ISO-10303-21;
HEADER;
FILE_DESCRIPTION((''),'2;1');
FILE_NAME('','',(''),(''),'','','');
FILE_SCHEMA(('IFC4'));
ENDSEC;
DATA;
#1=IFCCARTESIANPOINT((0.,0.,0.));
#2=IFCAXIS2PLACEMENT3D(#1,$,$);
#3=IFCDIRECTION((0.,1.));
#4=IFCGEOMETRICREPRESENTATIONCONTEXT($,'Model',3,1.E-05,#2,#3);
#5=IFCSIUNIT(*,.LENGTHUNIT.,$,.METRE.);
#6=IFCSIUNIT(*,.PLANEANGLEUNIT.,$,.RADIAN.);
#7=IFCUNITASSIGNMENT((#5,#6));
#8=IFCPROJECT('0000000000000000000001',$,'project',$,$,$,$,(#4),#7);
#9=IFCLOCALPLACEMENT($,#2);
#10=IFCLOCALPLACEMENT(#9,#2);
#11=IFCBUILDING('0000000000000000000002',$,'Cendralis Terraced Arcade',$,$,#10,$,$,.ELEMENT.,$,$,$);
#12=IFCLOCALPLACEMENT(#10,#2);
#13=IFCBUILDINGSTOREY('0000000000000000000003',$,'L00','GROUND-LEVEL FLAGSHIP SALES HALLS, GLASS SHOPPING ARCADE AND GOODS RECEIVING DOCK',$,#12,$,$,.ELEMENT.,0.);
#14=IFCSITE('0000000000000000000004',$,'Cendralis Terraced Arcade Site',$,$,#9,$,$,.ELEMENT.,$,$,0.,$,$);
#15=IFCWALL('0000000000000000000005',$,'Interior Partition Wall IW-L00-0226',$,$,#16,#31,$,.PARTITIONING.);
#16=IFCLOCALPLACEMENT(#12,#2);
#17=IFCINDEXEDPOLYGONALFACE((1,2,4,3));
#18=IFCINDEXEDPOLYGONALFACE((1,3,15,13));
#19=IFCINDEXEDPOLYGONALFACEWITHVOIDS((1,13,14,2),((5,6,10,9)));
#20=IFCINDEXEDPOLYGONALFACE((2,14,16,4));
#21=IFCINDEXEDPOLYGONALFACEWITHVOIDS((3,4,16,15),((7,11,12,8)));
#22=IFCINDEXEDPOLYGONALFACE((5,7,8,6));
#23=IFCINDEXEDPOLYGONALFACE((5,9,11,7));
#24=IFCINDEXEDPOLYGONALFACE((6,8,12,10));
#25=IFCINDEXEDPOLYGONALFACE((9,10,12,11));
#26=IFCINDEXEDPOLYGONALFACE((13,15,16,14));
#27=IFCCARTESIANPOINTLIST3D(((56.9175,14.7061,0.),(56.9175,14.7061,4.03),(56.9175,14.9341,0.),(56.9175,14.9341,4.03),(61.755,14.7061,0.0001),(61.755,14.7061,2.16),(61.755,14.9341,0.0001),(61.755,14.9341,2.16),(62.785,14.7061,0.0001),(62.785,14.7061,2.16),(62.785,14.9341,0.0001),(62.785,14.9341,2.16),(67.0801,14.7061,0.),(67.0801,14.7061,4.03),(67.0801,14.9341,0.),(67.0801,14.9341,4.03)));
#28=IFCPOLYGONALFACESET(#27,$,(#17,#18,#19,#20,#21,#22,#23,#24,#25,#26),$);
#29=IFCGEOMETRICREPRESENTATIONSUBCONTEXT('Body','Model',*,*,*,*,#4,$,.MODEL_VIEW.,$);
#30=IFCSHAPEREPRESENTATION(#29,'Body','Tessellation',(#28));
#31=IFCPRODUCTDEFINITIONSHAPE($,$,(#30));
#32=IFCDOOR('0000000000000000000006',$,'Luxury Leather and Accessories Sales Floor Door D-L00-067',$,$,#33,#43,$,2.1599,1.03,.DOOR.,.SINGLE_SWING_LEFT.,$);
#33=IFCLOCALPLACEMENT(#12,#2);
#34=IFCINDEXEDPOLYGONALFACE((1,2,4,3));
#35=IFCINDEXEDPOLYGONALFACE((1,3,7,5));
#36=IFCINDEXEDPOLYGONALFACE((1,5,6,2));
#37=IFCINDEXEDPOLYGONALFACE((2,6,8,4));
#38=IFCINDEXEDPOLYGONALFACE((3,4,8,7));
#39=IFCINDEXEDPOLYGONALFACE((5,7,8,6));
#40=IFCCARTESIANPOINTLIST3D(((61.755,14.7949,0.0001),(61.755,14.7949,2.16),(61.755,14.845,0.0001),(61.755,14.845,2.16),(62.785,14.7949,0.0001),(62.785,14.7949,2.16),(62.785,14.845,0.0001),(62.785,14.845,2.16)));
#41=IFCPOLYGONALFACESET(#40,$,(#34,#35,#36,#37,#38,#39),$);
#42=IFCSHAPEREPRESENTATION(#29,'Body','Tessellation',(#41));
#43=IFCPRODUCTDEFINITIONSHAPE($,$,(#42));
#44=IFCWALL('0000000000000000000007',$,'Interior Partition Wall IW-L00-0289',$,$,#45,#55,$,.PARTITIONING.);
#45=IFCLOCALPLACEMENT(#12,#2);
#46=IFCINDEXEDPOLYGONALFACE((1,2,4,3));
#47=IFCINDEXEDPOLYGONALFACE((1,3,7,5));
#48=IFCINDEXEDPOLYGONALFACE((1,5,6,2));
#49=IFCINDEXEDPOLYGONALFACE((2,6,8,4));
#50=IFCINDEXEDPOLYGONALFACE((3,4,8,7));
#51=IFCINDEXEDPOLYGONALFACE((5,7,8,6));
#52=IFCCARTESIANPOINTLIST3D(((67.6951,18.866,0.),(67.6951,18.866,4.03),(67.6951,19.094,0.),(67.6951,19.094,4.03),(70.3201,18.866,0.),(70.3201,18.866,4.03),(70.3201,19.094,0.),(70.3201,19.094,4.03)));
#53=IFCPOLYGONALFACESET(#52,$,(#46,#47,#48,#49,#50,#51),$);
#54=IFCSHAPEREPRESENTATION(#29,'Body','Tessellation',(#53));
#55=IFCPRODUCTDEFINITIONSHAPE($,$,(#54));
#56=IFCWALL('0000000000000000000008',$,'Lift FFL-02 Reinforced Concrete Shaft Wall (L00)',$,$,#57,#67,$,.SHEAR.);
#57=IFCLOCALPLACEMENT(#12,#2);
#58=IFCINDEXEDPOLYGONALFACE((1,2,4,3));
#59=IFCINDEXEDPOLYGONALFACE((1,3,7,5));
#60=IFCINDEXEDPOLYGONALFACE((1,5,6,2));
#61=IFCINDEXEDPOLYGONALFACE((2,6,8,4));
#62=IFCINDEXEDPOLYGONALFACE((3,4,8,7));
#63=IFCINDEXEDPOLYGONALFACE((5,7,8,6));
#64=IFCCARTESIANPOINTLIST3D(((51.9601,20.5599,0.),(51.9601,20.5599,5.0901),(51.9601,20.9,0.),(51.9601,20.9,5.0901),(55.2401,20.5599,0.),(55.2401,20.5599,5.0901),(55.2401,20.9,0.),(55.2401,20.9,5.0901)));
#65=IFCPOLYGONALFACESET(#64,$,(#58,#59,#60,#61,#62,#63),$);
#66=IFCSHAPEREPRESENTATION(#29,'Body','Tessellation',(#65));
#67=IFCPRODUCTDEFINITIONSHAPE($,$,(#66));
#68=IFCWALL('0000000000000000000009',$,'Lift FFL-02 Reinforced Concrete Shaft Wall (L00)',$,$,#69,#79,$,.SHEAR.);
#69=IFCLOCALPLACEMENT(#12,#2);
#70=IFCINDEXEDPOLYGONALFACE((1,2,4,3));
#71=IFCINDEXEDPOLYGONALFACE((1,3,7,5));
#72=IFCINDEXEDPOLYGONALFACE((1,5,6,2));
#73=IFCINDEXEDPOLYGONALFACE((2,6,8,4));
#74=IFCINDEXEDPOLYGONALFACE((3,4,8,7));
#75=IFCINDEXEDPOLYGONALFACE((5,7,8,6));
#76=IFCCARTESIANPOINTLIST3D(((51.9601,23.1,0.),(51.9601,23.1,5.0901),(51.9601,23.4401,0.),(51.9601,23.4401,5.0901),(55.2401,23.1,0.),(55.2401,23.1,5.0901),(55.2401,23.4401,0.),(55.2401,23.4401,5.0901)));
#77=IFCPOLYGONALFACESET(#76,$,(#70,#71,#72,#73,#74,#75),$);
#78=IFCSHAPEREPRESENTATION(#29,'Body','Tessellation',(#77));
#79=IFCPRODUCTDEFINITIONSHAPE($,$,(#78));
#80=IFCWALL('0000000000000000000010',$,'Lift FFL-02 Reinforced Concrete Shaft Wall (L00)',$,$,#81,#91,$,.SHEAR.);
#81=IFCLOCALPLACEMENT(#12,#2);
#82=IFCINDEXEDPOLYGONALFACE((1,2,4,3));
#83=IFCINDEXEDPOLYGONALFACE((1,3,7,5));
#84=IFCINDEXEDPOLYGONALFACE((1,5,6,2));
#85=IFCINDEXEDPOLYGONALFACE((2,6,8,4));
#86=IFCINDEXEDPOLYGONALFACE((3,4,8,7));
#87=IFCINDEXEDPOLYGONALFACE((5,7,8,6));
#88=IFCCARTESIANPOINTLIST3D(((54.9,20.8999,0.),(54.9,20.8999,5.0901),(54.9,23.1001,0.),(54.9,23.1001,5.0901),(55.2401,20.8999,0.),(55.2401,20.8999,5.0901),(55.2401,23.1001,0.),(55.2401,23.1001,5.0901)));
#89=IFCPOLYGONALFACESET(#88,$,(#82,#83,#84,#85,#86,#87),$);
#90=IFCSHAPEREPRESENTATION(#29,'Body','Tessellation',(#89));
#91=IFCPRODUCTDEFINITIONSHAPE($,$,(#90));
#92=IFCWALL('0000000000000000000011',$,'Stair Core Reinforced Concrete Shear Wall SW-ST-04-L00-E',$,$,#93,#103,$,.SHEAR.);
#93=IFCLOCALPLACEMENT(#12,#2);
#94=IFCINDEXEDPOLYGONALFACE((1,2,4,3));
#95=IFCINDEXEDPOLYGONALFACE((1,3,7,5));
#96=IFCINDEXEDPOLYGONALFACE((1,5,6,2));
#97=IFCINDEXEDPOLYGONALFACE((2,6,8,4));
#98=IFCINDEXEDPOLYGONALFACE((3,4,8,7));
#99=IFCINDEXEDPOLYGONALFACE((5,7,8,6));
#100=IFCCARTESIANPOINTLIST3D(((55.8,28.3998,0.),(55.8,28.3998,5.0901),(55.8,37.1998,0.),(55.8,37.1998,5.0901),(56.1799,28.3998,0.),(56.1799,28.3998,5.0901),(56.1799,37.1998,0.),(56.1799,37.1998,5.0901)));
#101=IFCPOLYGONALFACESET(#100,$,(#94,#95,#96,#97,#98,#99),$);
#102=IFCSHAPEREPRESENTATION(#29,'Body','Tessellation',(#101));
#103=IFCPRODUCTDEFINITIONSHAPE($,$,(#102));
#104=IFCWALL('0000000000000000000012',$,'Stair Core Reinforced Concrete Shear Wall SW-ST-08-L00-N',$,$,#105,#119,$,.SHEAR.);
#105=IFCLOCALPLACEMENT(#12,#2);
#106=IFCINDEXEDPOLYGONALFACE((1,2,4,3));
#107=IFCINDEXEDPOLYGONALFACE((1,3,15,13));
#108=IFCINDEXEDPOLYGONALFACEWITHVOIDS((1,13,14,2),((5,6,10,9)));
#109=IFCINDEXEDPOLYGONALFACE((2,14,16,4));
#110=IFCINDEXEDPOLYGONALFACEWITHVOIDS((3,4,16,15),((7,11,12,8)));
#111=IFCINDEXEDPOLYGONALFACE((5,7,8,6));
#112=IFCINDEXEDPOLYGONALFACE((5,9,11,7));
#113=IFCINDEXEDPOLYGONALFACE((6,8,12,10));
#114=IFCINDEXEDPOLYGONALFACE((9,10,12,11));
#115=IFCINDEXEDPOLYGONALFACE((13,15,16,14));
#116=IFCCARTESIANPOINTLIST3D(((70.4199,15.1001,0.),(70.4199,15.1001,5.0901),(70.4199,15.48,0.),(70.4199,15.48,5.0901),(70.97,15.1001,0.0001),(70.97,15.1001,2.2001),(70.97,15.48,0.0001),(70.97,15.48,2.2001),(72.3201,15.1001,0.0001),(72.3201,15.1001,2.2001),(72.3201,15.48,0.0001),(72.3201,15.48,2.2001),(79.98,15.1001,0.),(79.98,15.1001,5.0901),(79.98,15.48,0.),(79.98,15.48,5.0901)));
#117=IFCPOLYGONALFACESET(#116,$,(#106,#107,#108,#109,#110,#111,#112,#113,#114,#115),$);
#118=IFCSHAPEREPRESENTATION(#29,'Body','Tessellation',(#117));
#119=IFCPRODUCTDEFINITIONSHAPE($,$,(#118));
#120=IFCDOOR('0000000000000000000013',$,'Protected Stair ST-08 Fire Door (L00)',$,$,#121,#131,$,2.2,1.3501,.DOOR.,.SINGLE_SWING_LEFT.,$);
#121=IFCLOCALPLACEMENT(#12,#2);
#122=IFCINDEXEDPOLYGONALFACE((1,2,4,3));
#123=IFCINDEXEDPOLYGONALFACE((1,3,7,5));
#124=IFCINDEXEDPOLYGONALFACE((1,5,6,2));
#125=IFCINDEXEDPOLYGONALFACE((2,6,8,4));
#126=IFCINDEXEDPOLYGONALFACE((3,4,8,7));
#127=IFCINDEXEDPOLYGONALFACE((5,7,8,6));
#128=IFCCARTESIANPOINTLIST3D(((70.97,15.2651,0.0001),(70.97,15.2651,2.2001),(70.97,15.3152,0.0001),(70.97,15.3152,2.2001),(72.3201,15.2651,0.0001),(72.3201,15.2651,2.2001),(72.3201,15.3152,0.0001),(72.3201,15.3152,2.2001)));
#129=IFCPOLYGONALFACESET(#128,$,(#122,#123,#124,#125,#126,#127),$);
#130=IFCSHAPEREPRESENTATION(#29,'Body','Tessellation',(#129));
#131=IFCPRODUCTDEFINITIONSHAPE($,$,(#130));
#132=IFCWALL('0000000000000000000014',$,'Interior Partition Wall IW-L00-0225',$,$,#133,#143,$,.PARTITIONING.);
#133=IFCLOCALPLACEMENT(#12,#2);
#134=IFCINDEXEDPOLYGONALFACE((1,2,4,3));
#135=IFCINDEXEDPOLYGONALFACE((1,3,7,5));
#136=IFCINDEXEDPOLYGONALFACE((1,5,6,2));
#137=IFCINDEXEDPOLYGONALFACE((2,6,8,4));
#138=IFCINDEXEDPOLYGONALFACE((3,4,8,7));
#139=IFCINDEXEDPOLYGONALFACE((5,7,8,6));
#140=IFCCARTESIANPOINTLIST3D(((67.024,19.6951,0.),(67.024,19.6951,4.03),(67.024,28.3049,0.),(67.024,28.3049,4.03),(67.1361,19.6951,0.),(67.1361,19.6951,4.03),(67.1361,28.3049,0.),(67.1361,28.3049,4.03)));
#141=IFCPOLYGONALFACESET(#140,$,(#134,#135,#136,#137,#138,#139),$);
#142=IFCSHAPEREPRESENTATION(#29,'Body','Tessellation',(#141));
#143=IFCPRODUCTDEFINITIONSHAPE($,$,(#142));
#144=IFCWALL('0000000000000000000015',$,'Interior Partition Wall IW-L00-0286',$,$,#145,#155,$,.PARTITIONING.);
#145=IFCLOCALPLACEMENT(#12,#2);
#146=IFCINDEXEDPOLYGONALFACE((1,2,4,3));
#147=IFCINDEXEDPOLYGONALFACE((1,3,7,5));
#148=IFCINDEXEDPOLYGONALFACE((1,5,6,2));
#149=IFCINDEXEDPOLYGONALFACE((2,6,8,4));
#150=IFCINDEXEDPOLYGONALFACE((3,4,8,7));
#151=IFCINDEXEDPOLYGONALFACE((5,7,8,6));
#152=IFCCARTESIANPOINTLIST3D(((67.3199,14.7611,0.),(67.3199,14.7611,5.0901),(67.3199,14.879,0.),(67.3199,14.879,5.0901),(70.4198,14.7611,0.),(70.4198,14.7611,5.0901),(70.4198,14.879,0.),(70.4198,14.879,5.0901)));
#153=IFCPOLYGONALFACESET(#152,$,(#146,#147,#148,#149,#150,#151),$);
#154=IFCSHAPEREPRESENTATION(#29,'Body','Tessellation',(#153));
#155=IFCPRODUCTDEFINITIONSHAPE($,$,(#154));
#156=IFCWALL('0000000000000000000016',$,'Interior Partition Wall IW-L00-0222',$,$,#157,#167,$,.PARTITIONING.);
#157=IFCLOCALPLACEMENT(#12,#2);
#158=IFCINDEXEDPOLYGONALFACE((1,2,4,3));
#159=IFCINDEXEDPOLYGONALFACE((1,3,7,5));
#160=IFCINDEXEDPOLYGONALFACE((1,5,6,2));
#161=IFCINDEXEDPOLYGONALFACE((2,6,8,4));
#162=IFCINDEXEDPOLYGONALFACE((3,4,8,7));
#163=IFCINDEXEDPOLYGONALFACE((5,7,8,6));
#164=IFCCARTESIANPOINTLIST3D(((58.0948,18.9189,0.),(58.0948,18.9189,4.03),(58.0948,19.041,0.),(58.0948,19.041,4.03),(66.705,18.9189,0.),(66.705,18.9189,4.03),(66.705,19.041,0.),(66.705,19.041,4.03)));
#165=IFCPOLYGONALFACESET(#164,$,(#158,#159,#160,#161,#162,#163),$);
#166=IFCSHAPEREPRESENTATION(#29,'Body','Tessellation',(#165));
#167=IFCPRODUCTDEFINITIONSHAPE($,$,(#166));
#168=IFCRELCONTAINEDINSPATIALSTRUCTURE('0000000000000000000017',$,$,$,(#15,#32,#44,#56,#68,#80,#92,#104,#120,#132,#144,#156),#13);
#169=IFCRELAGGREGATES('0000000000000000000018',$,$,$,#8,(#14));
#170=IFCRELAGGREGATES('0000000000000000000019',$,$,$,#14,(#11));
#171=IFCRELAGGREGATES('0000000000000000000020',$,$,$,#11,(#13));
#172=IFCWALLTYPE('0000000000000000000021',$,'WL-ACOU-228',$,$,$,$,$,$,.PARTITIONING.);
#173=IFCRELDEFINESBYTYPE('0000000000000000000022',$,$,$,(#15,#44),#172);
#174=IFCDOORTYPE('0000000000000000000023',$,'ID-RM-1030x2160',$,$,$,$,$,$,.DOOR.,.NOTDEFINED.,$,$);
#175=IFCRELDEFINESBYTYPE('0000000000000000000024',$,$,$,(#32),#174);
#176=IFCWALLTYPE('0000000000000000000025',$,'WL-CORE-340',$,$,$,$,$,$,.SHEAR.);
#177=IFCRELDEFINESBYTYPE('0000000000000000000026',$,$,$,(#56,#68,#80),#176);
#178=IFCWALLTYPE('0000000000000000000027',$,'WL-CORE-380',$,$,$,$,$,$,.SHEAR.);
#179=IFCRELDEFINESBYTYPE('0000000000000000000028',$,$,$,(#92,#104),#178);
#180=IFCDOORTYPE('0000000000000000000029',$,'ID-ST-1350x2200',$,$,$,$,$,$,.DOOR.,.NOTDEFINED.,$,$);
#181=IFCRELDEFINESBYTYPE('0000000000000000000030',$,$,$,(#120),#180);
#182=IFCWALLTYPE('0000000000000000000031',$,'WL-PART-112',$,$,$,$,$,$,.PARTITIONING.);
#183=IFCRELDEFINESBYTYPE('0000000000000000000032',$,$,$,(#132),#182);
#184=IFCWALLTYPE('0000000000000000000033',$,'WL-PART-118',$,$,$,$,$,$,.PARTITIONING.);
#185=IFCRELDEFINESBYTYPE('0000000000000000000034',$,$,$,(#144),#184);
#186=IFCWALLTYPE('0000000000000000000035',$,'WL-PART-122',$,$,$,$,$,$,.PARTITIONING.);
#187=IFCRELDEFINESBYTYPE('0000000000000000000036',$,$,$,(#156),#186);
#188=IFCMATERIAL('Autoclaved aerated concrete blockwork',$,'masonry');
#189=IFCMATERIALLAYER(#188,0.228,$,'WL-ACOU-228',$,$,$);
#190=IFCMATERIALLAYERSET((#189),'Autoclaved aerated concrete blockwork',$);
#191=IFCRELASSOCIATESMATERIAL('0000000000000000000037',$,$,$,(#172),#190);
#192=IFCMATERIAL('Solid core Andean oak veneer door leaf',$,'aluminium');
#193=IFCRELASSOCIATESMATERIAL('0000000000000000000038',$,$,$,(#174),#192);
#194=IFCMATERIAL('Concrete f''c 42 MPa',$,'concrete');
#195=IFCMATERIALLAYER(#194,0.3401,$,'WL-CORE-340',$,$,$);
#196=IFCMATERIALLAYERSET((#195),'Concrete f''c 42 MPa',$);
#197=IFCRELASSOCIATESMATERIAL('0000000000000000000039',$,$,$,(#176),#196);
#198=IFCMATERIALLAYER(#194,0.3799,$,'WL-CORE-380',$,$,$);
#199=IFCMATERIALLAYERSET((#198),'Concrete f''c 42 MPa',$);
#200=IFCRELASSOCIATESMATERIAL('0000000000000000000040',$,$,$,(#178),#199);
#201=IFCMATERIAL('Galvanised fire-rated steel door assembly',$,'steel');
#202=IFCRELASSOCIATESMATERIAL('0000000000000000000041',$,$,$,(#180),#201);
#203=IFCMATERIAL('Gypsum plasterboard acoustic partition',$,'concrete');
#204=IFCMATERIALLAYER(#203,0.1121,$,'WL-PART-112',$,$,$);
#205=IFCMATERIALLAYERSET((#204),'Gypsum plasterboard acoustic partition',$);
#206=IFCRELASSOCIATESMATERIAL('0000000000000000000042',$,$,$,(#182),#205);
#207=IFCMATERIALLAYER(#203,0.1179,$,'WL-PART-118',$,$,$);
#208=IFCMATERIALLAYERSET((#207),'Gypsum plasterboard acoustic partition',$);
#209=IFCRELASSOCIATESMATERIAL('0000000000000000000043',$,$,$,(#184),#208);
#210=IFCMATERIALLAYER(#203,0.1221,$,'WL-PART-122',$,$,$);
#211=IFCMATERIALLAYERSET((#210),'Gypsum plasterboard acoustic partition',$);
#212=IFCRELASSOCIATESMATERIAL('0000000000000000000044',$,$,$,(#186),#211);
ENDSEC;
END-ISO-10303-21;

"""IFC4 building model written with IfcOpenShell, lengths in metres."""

from ifc_helpers import new_model, si_unit, direction, frame, frame_2d, origin, place, context, subcontext, project, spatial, rectangle, extrude, material, layer, layer_set, type_object, element, fill, save


model = new_model("IFC4")

# Units and contexts
model_context = context("Model", 3, precision=1e-05, world=origin(), true_north=direction((0.0, 1.0)))
body_context = subcontext(model_context, "Body", "Model", "MODEL_VIEW")
ifc_project = project(units=[si_unit("LENGTHUNIT", "METRE"), si_unit("PLANEANGLEUNIT", "RADIAN")], contexts=[model_context])

# Site, building, storey
site_placement = place(None, origin())
site = spatial("IfcSite", under=ifc_project, at=site_placement, Name="Cendralis Terraced Arcade Site", CompositionType="ELEMENT", RefElevation=0.0)
building_placement = place(site_placement, origin())
building = spatial("IfcBuilding", under=site, at=building_placement, Name="Cendralis Terraced Arcade", CompositionType="ELEMENT")
storey_placement = place(building_placement, origin())
storey = spatial("IfcBuildingStorey", under=building, at=storey_placement, Name="L00", Description="GROUND-LEVEL FLAGSHIP SALES HALLS, GLASS SHOPPING ARCADE AND GOODS RECEIVING DOCK", CompositionType="ELEMENT", Elevation=0.0)

# Shared definitions
ifc_material_1 = material(Name="Concrete f'c 42 MPa", Category="concrete")

# Shared definitions
ifc_material_2 = material(Name="Autoclaved aerated concrete blockwork", Category="masonry")

# Wall, opening, door
ifc_layer_1 = layer(ifc_material_2, 0.228, Name="WL-ACOU-228")
ifc_layer_set_1 = layer_set([ifc_layer_1], Name="Autoclaved aerated concrete blockwork")
wall_type_1 = type_object("IfcWallType", Name="WL-ACOU-228", PredefinedType="PARTITIONING", material=ifc_layer_set_1)
wall_1_placement = place(storey_placement, frame((56.9175, 14.8201, 0.0), z_axis=(0.0, 0.0, 1.0), x_axis=(1.0, 0.0, 0.0)))
wall_1 = element("IfcWall", 1, at=wall_1_placement, inside=storey, type_object=wall_type_1, Name="Interior Partition Wall IW-L00-0226", PredefinedType="PARTITIONING", context=body_context, shape_type="SweptSolid", body=[
    extrude(rectangle(XDim=10.1626, YDim=0.228, at=frame_2d((5.0813, 0.0))), origin(), (0.0, 0.0, 1.0), 4.03),
])
opening_1_placement = place(wall_1_placement, frame((4.8374, 0.0, 0.0)))
opening_1 = element("IfcOpeningElement", 2, at=opening_1_placement, cuts=wall_1, PredefinedType="OPENING", context=body_context, shape_type="SweptSolid", body=[
    extrude(rectangle(XDim=1.03, YDim=2.1599, at=frame_2d((0.5151, 1.0801))), frame((0.0, 0.126, 0.0), z_axis=(0.0, -1.0, 0.0), x_axis=(1.0, 0.0, 0.0)), (0.0, 0.0, 1.0), 0.252),
])
ifc_material_3 = material(Name="Solid core Andean oak veneer door leaf", Category="aluminium")
door_type_1 = type_object("IfcDoorType", Name="ID-RM-1030x2160", OperationType="NOTDEFINED", PredefinedType="DOOR", material=ifc_material_3)
door_1_placement = place(opening_1_placement, origin())
door_1 = element("IfcDoor", 3, at=door_1_placement, inside=storey, type_object=door_type_1, Name="Luxury Leather and Accessories Sales Floor Door D-L00-067", OperationType="SINGLE_SWING_LEFT", OverallHeight=2.1599, OverallWidth=1.03, PredefinedType="DOOR", context=body_context, shape_type="SweptSolid", body=[
    extrude(rectangle(XDim=1.03, YDim=2.1599, at=frame_2d((0.5151, 1.0801))), frame((0.0, 0.0249, 0.0), z_axis=(0.0, -1.0, 0.0), x_axis=(1.0, 0.0, 0.0)), (0.0, 0.0, 1.0), 0.05),
])
fill(opening_1, door_1)

# Walls
wall_2_placement = place(storey_placement, frame((70.3201, 18.98, 0.0), z_axis=(0.0, 0.0, 1.0), x_axis=(-1.0, 0.0, 0.0)))
element("IfcWall", 4, at=wall_2_placement, inside=storey, type_object=wall_type_1, Name="Interior Partition Wall IW-L00-0289", PredefinedType="PARTITIONING", context=body_context, shape_type="SweptSolid", body=[
    extrude(rectangle(XDim=2.625, YDim=0.228, at=frame_2d((1.3125, 0.0))), origin(), (0.0, 0.0, 1.0), 4.03),
])
ifc_layer_2 = layer(ifc_material_1, 0.3401, Name="WL-CORE-340")
ifc_layer_set_2 = layer_set([ifc_layer_2], Name="Concrete f'c 42 MPa")
wall_type_2 = type_object("IfcWallType", Name="WL-CORE-340", PredefinedType="SHEAR", material=ifc_layer_set_2)
for number, where, z_axis, x_axis, name in (
    (5, (51.96, 20.73, 0.0), (0.0, 0.0, 1.0), (1.0, 0.0, 0.0), "Lift FFL-02 Reinforced Concrete Shaft Wall (L00)"),
    (6, (51.96, 23.27, 0.0), (0.0, 0.0, 1.0), (1.0, 0.0, 0.0), "Lift FFL-02 Reinforced Concrete Shaft Wall (L00)"),
):
    element("IfcWall", number, at=place(storey_placement, frame(where, z_axis=z_axis, x_axis=x_axis)), inside=storey, type_object=wall_type_2, Name=name, PredefinedType="SHEAR", context=body_context, shape_type="SweptSolid", body=[
        extrude(rectangle(XDim=3.28, YDim=0.3401, at=frame_2d((1.6401, 0.0))), origin(), (0.0, 0.0, 1.0), 5.0901),
    ])

# Walls
wall_3_placement = place(storey_placement, frame((55.0701, 20.8999, 0.0), z_axis=(0.0, 0.0, 1.0), x_axis=(0.0, 1.0, 0.0)))
element("IfcWall", 7, at=wall_3_placement, inside=storey, type_object=wall_type_2, Name="Lift FFL-02 Reinforced Concrete Shaft Wall (L00)", PredefinedType="SHEAR", context=body_context, shape_type="SweptSolid", body=[
    extrude(rectangle(XDim=2.2002, YDim=0.3401, at=frame_2d((1.1001, 0.0))), origin(), (0.0, 0.0, 1.0), 5.0901),
])
ifc_layer_3 = layer(ifc_material_1, 0.3799, Name="WL-CORE-380")
ifc_layer_set_3 = layer_set([ifc_layer_3], Name="Concrete f'c 42 MPa")
wall_type_3 = type_object("IfcWallType", Name="WL-CORE-380", PredefinedType="SHEAR", material=ifc_layer_set_3)
wall_4_placement = place(storey_placement, frame((55.99, 28.3999, 0.0), z_axis=(0.0, 0.0, 1.0), x_axis=(0.0, 1.0, 0.0)))
element("IfcWall", 8, at=wall_4_placement, inside=storey, type_object=wall_type_3, Name="Stair Core Reinforced Concrete Shear Wall SW-ST-04-L00-E", PredefinedType="SHEAR", context=body_context, shape_type="SweptSolid", body=[
    extrude(rectangle(XDim=8.8, YDim=0.3799, at=frame_2d((4.3999, 0.0))), origin(), (0.0, 0.0, 1.0), 5.0901),
])

# Wall, opening, door
wall_5_placement = place(storey_placement, frame((70.4199, 15.29, 0.0), z_axis=(0.0, 0.0, 1.0), x_axis=(1.0, 0.0, 0.0)))
wall_5 = element("IfcWall", 9, at=wall_5_placement, inside=storey, type_object=wall_type_3, Name="Stair Core Reinforced Concrete Shear Wall SW-ST-08-L00-N", PredefinedType="SHEAR", context=body_context, shape_type="SweptSolid", body=[
    extrude(rectangle(XDim=9.5601, YDim=0.3799, at=frame_2d((4.78, 0.0))), origin(), (0.0, 0.0, 1.0), 5.0901),
])
opening_2_placement = place(wall_5_placement, frame((0.55, 0.0, 0.0)))
opening_2 = element("IfcOpeningElement", 10, at=opening_2_placement, cuts=wall_5, PredefinedType="OPENING", context=body_context, shape_type="SweptSolid", body=[
    extrude(rectangle(XDim=1.3501, YDim=2.2, at=frame_2d((0.675, 1.1001))), frame((0.0, 0.2019, 0.0), z_axis=(0.0, -1.0, 0.0), x_axis=(1.0, 0.0, 0.0)), (0.0, 0.0, 1.0), 0.4038),
])
ifc_material_4 = material(Name="Galvanised fire-rated steel door assembly", Category="steel")
door_type_2 = type_object("IfcDoorType", Name="ID-ST-1350x2200", OperationType="NOTDEFINED", PredefinedType="DOOR", material=ifc_material_4)
door_2_placement = place(opening_2_placement, frame((1.3501, 0.0, 0.0), z_axis=(0.0, 0.0, 1.0), x_axis=(-1.0, 0.0, 0.0)))
door_2 = element("IfcDoor", 11, at=door_2_placement, inside=storey, type_object=door_type_2, Name="Protected Stair ST-08 Fire Door (L00)", OperationType="SINGLE_SWING_LEFT", OverallHeight=2.2, OverallWidth=1.3501, PredefinedType="DOOR", context=body_context, shape_type="SweptSolid", body=[
    extrude(rectangle(XDim=1.3501, YDim=2.2, at=frame_2d((0.675, 1.1001))), frame((0.0, 0.0249, 0.0), z_axis=(0.0, -1.0, 0.0), x_axis=(1.0, 0.0, 0.0)), (0.0, 0.0, 1.0), 0.05),
])
fill(opening_2, door_2)

# Walls
ifc_material_5 = material(Name="Gypsum plasterboard acoustic partition", Category="concrete")
ifc_layer_4 = layer(ifc_material_5, 0.1121, Name="WL-PART-112")
ifc_layer_set_4 = layer_set([ifc_layer_4], Name="Gypsum plasterboard acoustic partition")
wall_type_4 = type_object("IfcWallType", Name="WL-PART-112", PredefinedType="PARTITIONING", material=ifc_layer_set_4)
wall_6_placement = place(storey_placement, frame((67.0801, 28.3049, 0.0), z_axis=(0.0, 0.0, 1.0), x_axis=(0.0, -1.0, 0.0)))
element("IfcWall", 12, at=wall_6_placement, inside=storey, type_object=wall_type_4, Name="Interior Partition Wall IW-L00-0225", PredefinedType="PARTITIONING", context=body_context, shape_type="SweptSolid", body=[
    extrude(rectangle(XDim=8.6099, YDim=0.1121, at=frame_2d((4.3049, 0.0))), origin(), (0.0, 0.0, 1.0), 4.03),
])
ifc_layer_5 = layer(ifc_material_5, 0.1179, Name="WL-PART-118")
ifc_layer_set_5 = layer_set([ifc_layer_5], Name="Gypsum plasterboard acoustic partition")
wall_type_5 = type_object("IfcWallType", Name="WL-PART-118", PredefinedType="PARTITIONING", material=ifc_layer_set_5)
wall_7_placement = place(storey_placement, frame((67.3201, 14.8201, 0.0), z_axis=(0.0, 0.0, 1.0), x_axis=(1.0, 0.0, 0.0)))
element("IfcWall", 13, at=wall_7_placement, inside=storey, type_object=wall_type_5, Name="Interior Partition Wall IW-L00-0286", PredefinedType="PARTITIONING", context=body_context, shape_type="SweptSolid", body=[
    extrude(rectangle(XDim=3.0999, YDim=0.1179, at=frame_2d((1.5498, 0.0))), origin(), (0.0, 0.0, 1.0), 5.0901),
])
ifc_layer_6 = layer(ifc_material_5, 0.1221, Name="WL-PART-122")
ifc_layer_set_6 = layer_set([ifc_layer_6], Name="Gypsum plasterboard acoustic partition")
wall_type_6 = type_object("IfcWallType", Name="WL-PART-122", PredefinedType="PARTITIONING", material=ifc_layer_set_6)
wall_8_placement = place(storey_placement, frame((66.7051, 18.98, 0.0), z_axis=(0.0, 0.0, 1.0), x_axis=(-1.0, 0.0, 0.0)))
element("IfcWall", 14, at=wall_8_placement, inside=storey, type_object=wall_type_6, Name="Interior Partition Wall IW-L00-0222", PredefinedType="PARTITIONING", context=body_context, shape_type="SweptSolid", body=[
    extrude(rectangle(XDim=8.6101, YDim=0.1221, at=frame_2d((4.3052, 0.0))), origin(), (0.0, 0.0, 1.0), 4.03),
])

save(model, "model.ifc")
